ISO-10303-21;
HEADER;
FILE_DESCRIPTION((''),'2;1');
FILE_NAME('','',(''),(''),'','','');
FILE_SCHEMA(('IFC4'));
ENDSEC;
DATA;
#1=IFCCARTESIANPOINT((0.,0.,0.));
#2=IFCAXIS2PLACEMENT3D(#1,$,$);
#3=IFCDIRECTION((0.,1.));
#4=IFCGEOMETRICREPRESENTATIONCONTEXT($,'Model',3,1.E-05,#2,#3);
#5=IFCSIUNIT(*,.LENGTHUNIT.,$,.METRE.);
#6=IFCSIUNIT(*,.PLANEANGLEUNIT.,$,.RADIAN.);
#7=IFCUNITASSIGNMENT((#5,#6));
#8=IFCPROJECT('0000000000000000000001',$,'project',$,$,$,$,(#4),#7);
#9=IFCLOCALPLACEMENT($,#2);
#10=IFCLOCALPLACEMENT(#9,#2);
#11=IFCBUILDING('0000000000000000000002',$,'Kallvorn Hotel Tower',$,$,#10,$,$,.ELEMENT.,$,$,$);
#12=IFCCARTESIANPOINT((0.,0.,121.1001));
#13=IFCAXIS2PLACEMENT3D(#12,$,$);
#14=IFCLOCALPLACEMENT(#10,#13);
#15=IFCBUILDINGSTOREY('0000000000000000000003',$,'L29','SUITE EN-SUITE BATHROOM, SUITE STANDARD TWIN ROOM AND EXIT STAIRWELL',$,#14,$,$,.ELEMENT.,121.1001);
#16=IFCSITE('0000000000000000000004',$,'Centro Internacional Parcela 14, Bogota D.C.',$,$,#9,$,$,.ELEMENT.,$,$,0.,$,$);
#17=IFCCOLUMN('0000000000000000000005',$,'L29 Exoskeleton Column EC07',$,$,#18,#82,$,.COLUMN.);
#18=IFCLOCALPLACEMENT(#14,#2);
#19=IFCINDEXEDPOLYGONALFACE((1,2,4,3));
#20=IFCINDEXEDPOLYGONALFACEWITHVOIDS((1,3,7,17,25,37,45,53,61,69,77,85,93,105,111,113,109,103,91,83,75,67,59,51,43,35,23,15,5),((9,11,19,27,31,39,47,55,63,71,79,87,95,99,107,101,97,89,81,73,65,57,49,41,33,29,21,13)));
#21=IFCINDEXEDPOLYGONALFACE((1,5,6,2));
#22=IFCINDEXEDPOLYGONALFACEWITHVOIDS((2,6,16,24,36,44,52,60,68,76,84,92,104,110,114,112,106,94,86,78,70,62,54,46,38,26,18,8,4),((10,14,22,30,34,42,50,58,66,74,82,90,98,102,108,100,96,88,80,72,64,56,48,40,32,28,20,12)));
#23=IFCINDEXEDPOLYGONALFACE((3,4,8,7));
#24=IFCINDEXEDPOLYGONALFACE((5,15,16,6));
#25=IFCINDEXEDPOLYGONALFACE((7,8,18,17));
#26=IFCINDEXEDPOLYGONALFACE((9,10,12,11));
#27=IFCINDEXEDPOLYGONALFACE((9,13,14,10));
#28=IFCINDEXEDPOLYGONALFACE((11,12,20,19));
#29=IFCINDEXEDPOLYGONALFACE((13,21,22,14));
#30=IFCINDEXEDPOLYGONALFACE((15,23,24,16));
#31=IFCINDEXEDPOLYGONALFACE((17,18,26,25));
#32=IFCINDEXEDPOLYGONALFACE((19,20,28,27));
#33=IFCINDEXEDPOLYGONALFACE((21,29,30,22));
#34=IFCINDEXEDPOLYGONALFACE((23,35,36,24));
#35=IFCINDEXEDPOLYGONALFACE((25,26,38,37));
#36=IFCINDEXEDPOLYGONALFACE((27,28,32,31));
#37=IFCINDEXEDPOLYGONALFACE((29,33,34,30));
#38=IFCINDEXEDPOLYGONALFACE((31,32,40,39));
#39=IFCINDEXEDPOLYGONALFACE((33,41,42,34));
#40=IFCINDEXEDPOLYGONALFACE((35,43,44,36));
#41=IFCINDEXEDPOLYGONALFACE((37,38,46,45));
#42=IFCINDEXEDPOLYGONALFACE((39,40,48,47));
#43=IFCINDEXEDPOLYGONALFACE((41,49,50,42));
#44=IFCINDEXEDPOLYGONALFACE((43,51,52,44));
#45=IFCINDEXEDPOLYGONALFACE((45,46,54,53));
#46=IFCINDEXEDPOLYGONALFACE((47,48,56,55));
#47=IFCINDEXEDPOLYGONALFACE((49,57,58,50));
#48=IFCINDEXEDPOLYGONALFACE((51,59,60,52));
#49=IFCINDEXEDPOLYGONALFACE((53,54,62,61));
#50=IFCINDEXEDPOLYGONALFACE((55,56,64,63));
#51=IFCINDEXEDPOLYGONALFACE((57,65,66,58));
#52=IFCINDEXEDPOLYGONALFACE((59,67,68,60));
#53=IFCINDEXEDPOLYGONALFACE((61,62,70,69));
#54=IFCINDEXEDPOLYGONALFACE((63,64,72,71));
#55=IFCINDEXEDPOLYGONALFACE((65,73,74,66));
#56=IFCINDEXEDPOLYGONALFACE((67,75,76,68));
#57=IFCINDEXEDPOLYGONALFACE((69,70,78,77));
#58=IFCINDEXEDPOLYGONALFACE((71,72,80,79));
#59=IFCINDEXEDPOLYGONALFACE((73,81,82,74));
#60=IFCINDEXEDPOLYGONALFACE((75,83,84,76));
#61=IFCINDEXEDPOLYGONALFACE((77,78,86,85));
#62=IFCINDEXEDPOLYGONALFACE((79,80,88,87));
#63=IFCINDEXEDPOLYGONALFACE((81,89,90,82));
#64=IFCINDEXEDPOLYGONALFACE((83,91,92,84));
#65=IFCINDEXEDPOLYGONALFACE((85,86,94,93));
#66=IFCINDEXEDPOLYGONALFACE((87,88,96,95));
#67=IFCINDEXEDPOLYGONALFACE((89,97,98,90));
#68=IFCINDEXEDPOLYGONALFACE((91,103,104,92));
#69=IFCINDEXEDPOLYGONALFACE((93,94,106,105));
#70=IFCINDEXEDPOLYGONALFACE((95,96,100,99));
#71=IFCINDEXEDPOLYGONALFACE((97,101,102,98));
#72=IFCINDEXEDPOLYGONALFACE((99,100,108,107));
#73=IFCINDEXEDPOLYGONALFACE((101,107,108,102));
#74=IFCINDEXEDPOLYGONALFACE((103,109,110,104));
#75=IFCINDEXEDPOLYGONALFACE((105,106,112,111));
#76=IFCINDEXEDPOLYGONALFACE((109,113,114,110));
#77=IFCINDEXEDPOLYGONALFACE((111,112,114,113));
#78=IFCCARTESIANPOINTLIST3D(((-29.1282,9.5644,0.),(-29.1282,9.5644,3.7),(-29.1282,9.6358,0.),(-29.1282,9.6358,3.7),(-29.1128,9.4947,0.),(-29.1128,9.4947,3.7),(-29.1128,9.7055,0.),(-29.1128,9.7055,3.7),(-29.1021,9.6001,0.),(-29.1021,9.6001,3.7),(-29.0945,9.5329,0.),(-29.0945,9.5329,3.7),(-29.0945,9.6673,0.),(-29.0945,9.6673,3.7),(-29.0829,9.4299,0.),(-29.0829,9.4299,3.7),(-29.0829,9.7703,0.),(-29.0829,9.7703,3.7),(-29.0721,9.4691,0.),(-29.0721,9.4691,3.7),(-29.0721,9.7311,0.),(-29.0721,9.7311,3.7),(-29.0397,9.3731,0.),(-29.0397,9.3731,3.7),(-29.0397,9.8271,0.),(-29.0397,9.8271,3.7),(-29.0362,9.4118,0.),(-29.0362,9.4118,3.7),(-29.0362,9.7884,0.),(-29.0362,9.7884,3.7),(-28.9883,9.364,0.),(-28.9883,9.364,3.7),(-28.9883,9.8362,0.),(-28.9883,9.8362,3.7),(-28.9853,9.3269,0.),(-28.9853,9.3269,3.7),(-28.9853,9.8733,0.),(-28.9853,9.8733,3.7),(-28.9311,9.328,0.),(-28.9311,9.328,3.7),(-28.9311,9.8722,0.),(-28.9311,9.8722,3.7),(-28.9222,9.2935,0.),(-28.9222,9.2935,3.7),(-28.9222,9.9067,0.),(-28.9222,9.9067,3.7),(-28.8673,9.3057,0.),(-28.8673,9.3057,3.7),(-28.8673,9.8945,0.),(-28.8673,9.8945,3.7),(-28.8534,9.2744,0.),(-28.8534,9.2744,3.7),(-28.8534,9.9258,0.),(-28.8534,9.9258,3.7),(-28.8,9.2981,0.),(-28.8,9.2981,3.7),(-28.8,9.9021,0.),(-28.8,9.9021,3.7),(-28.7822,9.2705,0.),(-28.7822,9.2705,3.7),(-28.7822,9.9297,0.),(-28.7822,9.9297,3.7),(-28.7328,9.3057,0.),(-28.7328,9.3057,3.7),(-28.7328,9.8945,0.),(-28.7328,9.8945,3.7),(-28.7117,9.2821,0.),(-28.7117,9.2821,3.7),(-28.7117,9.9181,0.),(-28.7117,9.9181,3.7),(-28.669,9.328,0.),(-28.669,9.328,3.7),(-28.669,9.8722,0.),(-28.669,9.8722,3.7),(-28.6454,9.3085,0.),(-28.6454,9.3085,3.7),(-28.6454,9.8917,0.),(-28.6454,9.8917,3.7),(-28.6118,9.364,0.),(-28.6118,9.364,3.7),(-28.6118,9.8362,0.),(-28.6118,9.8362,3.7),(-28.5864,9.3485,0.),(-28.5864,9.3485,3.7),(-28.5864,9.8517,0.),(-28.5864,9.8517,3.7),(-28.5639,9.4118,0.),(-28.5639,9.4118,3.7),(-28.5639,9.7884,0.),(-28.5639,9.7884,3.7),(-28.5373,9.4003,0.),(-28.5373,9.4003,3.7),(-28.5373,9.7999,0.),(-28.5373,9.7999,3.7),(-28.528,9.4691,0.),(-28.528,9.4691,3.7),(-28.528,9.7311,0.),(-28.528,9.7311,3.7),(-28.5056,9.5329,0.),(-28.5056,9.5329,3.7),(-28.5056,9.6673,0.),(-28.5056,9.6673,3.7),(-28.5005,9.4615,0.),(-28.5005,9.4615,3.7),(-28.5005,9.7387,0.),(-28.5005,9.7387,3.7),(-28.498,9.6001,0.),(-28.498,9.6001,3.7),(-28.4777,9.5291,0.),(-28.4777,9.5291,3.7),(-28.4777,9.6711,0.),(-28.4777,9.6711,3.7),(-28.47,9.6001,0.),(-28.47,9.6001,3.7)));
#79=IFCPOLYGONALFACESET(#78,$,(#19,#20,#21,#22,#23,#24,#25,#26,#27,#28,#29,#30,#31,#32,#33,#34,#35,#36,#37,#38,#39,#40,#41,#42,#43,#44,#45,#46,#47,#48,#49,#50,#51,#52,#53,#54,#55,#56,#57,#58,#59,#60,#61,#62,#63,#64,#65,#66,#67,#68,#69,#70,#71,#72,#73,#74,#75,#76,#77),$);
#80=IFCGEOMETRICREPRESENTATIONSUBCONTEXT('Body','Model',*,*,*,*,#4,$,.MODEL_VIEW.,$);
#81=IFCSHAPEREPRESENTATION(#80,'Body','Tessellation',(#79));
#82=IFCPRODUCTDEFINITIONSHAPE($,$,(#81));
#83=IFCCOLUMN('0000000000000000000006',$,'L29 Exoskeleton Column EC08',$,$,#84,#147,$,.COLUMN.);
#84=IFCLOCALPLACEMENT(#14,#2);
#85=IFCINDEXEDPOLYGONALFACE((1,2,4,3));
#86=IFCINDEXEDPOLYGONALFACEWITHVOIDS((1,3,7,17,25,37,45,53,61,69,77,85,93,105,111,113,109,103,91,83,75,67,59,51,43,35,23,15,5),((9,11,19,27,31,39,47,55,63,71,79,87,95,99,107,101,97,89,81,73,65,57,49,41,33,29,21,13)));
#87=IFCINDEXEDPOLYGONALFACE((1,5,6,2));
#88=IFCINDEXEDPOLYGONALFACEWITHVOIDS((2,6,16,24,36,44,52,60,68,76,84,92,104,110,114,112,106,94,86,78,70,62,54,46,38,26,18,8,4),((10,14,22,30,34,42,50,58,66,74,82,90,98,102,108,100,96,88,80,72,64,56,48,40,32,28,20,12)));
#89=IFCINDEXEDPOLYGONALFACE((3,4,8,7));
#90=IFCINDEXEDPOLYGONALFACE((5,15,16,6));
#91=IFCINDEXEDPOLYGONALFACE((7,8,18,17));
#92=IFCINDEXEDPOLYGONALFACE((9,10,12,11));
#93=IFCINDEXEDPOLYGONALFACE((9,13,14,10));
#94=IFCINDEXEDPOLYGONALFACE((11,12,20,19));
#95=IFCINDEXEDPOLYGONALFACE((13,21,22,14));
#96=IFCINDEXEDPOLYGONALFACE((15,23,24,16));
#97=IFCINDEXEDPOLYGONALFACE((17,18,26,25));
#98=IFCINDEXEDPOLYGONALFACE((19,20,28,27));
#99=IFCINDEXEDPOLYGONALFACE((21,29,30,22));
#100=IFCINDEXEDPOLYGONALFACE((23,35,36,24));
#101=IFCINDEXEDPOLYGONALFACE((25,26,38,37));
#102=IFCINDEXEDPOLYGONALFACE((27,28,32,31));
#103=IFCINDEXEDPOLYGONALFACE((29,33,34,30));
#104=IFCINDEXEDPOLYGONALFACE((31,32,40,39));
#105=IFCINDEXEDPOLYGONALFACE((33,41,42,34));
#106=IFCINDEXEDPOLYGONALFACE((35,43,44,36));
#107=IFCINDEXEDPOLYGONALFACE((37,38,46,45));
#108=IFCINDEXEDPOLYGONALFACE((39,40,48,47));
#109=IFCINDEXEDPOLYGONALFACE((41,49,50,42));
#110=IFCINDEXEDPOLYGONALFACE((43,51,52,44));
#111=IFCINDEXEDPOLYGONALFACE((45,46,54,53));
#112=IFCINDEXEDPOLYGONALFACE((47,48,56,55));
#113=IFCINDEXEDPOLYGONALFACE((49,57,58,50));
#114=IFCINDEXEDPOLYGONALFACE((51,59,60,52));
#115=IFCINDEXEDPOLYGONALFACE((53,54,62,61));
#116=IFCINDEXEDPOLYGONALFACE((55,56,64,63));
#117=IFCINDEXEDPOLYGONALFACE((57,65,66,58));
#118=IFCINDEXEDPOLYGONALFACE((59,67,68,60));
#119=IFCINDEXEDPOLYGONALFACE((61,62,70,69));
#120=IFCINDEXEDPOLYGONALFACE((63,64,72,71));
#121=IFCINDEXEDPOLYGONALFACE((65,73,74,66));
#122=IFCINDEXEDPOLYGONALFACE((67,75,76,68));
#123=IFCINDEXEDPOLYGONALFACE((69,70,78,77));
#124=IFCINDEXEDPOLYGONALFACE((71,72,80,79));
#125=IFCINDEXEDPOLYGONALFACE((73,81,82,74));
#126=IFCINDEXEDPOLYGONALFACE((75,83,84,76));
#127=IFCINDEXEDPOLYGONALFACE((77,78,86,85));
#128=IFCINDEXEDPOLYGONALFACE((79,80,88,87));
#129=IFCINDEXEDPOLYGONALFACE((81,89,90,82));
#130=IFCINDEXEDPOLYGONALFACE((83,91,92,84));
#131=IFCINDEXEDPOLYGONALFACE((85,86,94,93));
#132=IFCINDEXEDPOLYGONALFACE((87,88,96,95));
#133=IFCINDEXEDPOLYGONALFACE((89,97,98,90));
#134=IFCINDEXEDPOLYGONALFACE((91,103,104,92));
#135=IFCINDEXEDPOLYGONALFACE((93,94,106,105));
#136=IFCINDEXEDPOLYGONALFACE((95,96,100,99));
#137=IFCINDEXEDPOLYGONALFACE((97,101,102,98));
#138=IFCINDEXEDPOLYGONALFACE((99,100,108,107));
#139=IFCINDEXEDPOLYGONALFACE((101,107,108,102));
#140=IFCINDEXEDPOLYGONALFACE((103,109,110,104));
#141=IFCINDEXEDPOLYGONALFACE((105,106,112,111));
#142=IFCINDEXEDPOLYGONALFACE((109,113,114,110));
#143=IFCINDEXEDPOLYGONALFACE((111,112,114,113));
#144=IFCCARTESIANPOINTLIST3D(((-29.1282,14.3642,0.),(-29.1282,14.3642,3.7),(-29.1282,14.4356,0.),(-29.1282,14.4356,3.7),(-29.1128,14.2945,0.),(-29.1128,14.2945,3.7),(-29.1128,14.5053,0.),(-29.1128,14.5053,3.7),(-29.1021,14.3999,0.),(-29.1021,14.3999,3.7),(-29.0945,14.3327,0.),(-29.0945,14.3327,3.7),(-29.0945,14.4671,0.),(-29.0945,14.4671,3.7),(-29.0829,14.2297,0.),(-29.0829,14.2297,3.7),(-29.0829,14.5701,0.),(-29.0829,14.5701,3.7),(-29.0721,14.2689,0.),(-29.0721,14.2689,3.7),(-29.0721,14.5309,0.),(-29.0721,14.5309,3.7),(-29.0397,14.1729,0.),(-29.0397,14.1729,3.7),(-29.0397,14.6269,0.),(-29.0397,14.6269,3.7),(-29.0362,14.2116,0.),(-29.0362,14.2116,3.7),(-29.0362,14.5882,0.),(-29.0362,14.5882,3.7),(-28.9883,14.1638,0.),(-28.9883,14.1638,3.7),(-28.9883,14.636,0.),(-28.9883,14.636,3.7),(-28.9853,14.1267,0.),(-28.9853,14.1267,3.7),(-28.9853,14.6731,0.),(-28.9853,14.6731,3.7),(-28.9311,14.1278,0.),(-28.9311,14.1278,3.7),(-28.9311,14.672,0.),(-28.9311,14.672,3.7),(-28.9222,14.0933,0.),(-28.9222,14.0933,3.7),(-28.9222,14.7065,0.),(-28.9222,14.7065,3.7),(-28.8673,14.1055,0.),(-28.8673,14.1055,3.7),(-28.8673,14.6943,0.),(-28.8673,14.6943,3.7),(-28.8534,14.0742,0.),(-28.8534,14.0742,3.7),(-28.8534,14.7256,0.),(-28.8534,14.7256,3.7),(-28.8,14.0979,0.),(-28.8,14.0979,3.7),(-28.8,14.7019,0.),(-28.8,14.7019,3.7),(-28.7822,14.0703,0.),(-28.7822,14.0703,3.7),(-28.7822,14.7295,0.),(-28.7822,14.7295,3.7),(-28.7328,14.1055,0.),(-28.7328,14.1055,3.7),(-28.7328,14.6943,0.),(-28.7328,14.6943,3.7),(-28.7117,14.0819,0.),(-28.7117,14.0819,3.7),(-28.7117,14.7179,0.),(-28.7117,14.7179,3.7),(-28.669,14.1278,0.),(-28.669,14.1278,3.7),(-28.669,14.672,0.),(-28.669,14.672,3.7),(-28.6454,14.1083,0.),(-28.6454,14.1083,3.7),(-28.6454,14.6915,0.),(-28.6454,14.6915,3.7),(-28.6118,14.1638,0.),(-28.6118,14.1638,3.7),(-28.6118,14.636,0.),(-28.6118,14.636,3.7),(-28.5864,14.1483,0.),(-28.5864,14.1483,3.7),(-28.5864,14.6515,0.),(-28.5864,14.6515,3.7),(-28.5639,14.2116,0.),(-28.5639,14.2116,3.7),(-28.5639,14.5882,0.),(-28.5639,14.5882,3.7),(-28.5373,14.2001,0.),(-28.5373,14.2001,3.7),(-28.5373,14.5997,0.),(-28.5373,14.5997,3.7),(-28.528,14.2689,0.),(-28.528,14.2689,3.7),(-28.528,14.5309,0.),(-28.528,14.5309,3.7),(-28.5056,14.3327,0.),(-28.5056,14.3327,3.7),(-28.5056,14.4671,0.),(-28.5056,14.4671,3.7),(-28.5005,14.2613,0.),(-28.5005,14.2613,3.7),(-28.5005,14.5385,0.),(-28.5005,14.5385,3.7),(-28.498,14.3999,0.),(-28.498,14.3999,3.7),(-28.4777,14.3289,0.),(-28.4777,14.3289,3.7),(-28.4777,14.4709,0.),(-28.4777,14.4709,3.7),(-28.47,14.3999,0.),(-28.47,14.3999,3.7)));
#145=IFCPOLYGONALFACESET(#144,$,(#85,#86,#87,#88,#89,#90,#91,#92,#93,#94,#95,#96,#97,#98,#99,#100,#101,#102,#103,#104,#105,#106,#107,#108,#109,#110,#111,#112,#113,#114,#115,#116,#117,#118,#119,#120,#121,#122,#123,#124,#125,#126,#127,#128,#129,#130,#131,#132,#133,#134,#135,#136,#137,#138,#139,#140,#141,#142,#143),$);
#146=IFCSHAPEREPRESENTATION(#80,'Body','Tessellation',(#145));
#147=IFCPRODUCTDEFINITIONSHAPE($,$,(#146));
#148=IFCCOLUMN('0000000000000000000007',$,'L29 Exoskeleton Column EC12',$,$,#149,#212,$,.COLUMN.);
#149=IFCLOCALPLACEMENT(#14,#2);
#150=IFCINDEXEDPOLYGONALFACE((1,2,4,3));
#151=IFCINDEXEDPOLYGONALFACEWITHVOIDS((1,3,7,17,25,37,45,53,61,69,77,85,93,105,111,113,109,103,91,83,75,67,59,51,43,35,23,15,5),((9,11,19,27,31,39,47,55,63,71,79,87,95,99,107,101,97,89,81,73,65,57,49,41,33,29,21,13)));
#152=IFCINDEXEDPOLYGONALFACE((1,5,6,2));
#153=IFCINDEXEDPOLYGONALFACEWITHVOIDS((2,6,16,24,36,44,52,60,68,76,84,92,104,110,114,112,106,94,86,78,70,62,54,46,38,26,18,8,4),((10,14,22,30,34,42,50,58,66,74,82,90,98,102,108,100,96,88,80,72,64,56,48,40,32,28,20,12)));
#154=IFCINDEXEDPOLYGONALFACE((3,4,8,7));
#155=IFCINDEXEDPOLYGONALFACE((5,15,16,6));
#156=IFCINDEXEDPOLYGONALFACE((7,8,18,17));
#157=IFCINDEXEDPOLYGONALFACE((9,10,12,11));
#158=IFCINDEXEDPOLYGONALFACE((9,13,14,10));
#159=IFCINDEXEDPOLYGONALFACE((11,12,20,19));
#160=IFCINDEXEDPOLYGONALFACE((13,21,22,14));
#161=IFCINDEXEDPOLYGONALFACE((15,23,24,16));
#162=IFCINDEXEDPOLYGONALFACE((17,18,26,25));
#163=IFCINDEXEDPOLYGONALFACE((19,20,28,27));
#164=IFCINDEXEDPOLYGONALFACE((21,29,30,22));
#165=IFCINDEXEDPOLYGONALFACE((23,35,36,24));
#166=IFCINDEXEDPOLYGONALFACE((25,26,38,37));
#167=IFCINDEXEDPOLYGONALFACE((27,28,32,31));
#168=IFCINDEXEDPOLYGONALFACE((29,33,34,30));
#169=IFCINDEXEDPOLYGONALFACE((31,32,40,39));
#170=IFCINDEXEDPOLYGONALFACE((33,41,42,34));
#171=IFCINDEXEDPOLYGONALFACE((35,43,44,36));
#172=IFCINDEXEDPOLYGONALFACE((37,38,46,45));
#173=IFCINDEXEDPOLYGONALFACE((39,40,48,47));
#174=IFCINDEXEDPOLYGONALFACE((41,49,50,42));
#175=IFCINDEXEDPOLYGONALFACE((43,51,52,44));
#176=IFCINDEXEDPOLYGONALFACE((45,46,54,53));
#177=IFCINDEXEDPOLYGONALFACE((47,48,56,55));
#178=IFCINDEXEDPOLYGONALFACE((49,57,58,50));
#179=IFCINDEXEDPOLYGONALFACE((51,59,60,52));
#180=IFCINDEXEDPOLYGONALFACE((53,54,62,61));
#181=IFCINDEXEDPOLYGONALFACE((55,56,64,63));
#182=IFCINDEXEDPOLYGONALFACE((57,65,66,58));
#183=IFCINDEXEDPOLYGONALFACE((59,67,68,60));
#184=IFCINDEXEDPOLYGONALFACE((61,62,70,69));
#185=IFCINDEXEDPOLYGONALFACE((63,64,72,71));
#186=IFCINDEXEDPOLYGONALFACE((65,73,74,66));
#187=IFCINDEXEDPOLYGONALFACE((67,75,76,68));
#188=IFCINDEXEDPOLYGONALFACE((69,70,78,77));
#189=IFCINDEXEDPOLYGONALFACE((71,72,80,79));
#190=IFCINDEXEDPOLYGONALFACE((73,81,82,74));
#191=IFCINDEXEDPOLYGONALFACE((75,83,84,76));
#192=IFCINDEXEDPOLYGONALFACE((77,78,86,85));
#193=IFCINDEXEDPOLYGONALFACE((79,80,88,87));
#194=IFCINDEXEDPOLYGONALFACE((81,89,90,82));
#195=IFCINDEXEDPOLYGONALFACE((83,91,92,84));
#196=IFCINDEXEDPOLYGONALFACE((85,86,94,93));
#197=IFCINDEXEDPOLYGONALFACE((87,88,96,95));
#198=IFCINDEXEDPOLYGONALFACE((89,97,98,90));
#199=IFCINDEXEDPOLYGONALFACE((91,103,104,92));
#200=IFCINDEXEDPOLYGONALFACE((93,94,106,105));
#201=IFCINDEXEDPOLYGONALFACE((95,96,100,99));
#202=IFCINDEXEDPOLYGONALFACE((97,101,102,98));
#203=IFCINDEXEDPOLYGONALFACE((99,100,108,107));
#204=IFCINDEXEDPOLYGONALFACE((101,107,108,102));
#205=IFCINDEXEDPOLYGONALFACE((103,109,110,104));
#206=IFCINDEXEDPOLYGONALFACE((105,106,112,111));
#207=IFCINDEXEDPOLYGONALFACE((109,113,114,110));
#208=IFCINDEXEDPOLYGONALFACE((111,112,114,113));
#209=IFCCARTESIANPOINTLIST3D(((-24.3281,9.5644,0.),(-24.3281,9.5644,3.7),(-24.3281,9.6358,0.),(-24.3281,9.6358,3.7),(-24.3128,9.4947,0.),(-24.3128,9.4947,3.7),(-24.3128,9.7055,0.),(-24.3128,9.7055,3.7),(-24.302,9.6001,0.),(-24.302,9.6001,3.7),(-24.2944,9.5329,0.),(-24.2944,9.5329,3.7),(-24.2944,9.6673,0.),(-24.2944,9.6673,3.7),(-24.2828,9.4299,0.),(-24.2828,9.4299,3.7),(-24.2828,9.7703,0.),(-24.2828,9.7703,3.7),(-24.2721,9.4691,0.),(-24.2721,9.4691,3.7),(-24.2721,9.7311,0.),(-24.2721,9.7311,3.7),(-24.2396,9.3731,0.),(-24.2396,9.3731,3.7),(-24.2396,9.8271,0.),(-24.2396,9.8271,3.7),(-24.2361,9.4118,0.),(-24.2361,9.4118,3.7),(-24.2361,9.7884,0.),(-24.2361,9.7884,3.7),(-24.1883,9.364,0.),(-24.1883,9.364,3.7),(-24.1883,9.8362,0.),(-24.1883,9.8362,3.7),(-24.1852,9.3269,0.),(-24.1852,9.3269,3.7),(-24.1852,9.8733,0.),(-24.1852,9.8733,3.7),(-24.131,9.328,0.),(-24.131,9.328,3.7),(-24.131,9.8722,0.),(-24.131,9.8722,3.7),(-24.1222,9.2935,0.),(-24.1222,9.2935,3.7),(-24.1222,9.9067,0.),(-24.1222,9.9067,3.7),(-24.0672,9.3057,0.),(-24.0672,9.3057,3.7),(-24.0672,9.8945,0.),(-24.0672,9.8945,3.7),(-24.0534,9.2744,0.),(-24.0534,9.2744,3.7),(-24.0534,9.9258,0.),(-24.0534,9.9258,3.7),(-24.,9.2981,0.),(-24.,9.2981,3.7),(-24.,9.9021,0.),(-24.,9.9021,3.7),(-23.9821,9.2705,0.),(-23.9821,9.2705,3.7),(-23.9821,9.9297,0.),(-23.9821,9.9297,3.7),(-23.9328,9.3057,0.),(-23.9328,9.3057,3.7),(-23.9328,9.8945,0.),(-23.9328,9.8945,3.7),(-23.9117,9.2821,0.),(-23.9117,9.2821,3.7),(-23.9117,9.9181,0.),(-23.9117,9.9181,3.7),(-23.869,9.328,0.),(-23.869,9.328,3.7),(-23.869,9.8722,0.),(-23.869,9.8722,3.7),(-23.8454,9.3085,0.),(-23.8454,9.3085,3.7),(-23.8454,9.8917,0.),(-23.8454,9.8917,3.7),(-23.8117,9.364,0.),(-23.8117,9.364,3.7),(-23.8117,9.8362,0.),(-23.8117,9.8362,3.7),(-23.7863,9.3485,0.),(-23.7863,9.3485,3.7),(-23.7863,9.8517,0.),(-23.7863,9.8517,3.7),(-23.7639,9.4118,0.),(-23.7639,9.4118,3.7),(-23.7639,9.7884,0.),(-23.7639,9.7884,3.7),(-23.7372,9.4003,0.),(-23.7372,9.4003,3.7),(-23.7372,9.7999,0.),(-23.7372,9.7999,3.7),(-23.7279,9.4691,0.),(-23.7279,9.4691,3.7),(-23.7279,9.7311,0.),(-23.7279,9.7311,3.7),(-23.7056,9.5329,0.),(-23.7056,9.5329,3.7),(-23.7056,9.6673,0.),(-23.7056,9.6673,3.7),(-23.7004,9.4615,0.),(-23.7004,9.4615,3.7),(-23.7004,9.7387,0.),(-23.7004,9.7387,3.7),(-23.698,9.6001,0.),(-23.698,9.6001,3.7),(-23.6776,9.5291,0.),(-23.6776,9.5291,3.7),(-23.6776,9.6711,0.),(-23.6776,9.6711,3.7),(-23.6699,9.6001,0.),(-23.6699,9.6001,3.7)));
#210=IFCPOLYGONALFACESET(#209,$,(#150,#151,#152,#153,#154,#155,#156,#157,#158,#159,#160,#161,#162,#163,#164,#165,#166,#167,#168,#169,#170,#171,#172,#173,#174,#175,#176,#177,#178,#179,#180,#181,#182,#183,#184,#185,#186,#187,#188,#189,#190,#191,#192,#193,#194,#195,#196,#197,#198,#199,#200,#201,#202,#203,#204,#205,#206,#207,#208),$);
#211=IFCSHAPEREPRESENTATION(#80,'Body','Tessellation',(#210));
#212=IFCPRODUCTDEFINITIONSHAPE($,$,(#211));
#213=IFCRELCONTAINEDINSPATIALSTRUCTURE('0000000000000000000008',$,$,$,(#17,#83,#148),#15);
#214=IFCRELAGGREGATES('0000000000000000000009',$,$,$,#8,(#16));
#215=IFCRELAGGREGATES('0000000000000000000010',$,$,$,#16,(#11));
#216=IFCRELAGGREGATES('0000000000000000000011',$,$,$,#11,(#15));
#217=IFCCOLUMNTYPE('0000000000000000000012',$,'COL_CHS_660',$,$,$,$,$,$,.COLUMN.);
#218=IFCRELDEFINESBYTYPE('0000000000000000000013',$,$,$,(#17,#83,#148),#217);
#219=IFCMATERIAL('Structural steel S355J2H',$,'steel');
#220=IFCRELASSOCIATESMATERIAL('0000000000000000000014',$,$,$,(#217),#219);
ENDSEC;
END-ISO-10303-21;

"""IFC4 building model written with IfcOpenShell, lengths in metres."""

from ifc_helpers import new_model, si_unit, direction, frame, origin, origin_2d, place, context, subcontext, project, spatial, hollow_circle, extrude, material, material_profile, profile_set, type_object, element, save


model = new_model("IFC4")

# Units and contexts
model_context = context("Model", 3, precision=1e-05, world=origin(), true_north=direction((0.0, 1.0)))
body_context = subcontext(model_context, "Body", "Model", "MODEL_VIEW")
ifc_project = project(units=[si_unit("LENGTHUNIT", "METRE"), si_unit("PLANEANGLEUNIT", "RADIAN")], contexts=[model_context])

# Site, building, storey
site_placement = place(None, origin())
site = spatial("IfcSite", under=ifc_project, at=site_placement, Name="Centro Internacional Parcela 14, Bogota D.C.", CompositionType="ELEMENT", RefElevation=0.0)
building_placement = place(site_placement, origin())
building = spatial("IfcBuilding", under=site, at=building_placement, Name="Kallvorn Hotel Tower", CompositionType="ELEMENT")
storey_placement = place(building_placement, frame((0.0, 0.0, 121.1001)))
storey = spatial("IfcBuildingStorey", under=building, at=storey_placement, Name="L29", Description="SUITE EN-SUITE BATHROOM, SUITE STANDARD TWIN ROOM AND EXIT STAIRWELL", CompositionType="ELEMENT", Elevation=121.1001)

# Columns
ifc_material_1 = material(Name="Structural steel S355J2H", Category="steel")
ifc_material_profile_1 = material_profile(ifc_material_1, hollow_circle(Radius=0.3301, WallThickness=0.0281, at=origin_2d()), Name="CHS 660x28")
ifc_profile_set_1 = profile_set([ifc_material_profile_1], Name="Structural steel S355J2H")
column_type_1 = type_object("IfcColumnType", Name="COL_CHS_660", PredefinedType="COLUMN", material=ifc_profile_set_1)
for number, where, z_axis, x_axis, name in (
    (1, (-28.8, 9.6001, 0.0), (0.0, 0.0, 1.0), (1.0, 0.0, 0.0), "L29 Exoskeleton Column EC07"),
    (2, (-28.8, 14.3999, 0.0), (0.0, 0.0, 1.0), (1.0, 0.0, 0.0), "L29 Exoskeleton Column EC08"),
    (3, (-24.0, 9.6001, 0.0), (0.0, 0.0, 1.0), (1.0, 0.0, 0.0), "L29 Exoskeleton Column EC12"),
):
    element("IfcColumn", number, at=place(storey_placement, frame(where, z_axis=z_axis, x_axis=x_axis)), inside=storey, type_object=column_type_1, Name=name, PredefinedType="COLUMN", context=body_context, shape_type="SweptSolid", body=[
        extrude(hollow_circle(Radius=0.3301, WallThickness=0.0281, at=origin_2d()), origin(), (0.0, 0.0, 1.0), 3.7),
    ])

save(model, "model.ifc")
